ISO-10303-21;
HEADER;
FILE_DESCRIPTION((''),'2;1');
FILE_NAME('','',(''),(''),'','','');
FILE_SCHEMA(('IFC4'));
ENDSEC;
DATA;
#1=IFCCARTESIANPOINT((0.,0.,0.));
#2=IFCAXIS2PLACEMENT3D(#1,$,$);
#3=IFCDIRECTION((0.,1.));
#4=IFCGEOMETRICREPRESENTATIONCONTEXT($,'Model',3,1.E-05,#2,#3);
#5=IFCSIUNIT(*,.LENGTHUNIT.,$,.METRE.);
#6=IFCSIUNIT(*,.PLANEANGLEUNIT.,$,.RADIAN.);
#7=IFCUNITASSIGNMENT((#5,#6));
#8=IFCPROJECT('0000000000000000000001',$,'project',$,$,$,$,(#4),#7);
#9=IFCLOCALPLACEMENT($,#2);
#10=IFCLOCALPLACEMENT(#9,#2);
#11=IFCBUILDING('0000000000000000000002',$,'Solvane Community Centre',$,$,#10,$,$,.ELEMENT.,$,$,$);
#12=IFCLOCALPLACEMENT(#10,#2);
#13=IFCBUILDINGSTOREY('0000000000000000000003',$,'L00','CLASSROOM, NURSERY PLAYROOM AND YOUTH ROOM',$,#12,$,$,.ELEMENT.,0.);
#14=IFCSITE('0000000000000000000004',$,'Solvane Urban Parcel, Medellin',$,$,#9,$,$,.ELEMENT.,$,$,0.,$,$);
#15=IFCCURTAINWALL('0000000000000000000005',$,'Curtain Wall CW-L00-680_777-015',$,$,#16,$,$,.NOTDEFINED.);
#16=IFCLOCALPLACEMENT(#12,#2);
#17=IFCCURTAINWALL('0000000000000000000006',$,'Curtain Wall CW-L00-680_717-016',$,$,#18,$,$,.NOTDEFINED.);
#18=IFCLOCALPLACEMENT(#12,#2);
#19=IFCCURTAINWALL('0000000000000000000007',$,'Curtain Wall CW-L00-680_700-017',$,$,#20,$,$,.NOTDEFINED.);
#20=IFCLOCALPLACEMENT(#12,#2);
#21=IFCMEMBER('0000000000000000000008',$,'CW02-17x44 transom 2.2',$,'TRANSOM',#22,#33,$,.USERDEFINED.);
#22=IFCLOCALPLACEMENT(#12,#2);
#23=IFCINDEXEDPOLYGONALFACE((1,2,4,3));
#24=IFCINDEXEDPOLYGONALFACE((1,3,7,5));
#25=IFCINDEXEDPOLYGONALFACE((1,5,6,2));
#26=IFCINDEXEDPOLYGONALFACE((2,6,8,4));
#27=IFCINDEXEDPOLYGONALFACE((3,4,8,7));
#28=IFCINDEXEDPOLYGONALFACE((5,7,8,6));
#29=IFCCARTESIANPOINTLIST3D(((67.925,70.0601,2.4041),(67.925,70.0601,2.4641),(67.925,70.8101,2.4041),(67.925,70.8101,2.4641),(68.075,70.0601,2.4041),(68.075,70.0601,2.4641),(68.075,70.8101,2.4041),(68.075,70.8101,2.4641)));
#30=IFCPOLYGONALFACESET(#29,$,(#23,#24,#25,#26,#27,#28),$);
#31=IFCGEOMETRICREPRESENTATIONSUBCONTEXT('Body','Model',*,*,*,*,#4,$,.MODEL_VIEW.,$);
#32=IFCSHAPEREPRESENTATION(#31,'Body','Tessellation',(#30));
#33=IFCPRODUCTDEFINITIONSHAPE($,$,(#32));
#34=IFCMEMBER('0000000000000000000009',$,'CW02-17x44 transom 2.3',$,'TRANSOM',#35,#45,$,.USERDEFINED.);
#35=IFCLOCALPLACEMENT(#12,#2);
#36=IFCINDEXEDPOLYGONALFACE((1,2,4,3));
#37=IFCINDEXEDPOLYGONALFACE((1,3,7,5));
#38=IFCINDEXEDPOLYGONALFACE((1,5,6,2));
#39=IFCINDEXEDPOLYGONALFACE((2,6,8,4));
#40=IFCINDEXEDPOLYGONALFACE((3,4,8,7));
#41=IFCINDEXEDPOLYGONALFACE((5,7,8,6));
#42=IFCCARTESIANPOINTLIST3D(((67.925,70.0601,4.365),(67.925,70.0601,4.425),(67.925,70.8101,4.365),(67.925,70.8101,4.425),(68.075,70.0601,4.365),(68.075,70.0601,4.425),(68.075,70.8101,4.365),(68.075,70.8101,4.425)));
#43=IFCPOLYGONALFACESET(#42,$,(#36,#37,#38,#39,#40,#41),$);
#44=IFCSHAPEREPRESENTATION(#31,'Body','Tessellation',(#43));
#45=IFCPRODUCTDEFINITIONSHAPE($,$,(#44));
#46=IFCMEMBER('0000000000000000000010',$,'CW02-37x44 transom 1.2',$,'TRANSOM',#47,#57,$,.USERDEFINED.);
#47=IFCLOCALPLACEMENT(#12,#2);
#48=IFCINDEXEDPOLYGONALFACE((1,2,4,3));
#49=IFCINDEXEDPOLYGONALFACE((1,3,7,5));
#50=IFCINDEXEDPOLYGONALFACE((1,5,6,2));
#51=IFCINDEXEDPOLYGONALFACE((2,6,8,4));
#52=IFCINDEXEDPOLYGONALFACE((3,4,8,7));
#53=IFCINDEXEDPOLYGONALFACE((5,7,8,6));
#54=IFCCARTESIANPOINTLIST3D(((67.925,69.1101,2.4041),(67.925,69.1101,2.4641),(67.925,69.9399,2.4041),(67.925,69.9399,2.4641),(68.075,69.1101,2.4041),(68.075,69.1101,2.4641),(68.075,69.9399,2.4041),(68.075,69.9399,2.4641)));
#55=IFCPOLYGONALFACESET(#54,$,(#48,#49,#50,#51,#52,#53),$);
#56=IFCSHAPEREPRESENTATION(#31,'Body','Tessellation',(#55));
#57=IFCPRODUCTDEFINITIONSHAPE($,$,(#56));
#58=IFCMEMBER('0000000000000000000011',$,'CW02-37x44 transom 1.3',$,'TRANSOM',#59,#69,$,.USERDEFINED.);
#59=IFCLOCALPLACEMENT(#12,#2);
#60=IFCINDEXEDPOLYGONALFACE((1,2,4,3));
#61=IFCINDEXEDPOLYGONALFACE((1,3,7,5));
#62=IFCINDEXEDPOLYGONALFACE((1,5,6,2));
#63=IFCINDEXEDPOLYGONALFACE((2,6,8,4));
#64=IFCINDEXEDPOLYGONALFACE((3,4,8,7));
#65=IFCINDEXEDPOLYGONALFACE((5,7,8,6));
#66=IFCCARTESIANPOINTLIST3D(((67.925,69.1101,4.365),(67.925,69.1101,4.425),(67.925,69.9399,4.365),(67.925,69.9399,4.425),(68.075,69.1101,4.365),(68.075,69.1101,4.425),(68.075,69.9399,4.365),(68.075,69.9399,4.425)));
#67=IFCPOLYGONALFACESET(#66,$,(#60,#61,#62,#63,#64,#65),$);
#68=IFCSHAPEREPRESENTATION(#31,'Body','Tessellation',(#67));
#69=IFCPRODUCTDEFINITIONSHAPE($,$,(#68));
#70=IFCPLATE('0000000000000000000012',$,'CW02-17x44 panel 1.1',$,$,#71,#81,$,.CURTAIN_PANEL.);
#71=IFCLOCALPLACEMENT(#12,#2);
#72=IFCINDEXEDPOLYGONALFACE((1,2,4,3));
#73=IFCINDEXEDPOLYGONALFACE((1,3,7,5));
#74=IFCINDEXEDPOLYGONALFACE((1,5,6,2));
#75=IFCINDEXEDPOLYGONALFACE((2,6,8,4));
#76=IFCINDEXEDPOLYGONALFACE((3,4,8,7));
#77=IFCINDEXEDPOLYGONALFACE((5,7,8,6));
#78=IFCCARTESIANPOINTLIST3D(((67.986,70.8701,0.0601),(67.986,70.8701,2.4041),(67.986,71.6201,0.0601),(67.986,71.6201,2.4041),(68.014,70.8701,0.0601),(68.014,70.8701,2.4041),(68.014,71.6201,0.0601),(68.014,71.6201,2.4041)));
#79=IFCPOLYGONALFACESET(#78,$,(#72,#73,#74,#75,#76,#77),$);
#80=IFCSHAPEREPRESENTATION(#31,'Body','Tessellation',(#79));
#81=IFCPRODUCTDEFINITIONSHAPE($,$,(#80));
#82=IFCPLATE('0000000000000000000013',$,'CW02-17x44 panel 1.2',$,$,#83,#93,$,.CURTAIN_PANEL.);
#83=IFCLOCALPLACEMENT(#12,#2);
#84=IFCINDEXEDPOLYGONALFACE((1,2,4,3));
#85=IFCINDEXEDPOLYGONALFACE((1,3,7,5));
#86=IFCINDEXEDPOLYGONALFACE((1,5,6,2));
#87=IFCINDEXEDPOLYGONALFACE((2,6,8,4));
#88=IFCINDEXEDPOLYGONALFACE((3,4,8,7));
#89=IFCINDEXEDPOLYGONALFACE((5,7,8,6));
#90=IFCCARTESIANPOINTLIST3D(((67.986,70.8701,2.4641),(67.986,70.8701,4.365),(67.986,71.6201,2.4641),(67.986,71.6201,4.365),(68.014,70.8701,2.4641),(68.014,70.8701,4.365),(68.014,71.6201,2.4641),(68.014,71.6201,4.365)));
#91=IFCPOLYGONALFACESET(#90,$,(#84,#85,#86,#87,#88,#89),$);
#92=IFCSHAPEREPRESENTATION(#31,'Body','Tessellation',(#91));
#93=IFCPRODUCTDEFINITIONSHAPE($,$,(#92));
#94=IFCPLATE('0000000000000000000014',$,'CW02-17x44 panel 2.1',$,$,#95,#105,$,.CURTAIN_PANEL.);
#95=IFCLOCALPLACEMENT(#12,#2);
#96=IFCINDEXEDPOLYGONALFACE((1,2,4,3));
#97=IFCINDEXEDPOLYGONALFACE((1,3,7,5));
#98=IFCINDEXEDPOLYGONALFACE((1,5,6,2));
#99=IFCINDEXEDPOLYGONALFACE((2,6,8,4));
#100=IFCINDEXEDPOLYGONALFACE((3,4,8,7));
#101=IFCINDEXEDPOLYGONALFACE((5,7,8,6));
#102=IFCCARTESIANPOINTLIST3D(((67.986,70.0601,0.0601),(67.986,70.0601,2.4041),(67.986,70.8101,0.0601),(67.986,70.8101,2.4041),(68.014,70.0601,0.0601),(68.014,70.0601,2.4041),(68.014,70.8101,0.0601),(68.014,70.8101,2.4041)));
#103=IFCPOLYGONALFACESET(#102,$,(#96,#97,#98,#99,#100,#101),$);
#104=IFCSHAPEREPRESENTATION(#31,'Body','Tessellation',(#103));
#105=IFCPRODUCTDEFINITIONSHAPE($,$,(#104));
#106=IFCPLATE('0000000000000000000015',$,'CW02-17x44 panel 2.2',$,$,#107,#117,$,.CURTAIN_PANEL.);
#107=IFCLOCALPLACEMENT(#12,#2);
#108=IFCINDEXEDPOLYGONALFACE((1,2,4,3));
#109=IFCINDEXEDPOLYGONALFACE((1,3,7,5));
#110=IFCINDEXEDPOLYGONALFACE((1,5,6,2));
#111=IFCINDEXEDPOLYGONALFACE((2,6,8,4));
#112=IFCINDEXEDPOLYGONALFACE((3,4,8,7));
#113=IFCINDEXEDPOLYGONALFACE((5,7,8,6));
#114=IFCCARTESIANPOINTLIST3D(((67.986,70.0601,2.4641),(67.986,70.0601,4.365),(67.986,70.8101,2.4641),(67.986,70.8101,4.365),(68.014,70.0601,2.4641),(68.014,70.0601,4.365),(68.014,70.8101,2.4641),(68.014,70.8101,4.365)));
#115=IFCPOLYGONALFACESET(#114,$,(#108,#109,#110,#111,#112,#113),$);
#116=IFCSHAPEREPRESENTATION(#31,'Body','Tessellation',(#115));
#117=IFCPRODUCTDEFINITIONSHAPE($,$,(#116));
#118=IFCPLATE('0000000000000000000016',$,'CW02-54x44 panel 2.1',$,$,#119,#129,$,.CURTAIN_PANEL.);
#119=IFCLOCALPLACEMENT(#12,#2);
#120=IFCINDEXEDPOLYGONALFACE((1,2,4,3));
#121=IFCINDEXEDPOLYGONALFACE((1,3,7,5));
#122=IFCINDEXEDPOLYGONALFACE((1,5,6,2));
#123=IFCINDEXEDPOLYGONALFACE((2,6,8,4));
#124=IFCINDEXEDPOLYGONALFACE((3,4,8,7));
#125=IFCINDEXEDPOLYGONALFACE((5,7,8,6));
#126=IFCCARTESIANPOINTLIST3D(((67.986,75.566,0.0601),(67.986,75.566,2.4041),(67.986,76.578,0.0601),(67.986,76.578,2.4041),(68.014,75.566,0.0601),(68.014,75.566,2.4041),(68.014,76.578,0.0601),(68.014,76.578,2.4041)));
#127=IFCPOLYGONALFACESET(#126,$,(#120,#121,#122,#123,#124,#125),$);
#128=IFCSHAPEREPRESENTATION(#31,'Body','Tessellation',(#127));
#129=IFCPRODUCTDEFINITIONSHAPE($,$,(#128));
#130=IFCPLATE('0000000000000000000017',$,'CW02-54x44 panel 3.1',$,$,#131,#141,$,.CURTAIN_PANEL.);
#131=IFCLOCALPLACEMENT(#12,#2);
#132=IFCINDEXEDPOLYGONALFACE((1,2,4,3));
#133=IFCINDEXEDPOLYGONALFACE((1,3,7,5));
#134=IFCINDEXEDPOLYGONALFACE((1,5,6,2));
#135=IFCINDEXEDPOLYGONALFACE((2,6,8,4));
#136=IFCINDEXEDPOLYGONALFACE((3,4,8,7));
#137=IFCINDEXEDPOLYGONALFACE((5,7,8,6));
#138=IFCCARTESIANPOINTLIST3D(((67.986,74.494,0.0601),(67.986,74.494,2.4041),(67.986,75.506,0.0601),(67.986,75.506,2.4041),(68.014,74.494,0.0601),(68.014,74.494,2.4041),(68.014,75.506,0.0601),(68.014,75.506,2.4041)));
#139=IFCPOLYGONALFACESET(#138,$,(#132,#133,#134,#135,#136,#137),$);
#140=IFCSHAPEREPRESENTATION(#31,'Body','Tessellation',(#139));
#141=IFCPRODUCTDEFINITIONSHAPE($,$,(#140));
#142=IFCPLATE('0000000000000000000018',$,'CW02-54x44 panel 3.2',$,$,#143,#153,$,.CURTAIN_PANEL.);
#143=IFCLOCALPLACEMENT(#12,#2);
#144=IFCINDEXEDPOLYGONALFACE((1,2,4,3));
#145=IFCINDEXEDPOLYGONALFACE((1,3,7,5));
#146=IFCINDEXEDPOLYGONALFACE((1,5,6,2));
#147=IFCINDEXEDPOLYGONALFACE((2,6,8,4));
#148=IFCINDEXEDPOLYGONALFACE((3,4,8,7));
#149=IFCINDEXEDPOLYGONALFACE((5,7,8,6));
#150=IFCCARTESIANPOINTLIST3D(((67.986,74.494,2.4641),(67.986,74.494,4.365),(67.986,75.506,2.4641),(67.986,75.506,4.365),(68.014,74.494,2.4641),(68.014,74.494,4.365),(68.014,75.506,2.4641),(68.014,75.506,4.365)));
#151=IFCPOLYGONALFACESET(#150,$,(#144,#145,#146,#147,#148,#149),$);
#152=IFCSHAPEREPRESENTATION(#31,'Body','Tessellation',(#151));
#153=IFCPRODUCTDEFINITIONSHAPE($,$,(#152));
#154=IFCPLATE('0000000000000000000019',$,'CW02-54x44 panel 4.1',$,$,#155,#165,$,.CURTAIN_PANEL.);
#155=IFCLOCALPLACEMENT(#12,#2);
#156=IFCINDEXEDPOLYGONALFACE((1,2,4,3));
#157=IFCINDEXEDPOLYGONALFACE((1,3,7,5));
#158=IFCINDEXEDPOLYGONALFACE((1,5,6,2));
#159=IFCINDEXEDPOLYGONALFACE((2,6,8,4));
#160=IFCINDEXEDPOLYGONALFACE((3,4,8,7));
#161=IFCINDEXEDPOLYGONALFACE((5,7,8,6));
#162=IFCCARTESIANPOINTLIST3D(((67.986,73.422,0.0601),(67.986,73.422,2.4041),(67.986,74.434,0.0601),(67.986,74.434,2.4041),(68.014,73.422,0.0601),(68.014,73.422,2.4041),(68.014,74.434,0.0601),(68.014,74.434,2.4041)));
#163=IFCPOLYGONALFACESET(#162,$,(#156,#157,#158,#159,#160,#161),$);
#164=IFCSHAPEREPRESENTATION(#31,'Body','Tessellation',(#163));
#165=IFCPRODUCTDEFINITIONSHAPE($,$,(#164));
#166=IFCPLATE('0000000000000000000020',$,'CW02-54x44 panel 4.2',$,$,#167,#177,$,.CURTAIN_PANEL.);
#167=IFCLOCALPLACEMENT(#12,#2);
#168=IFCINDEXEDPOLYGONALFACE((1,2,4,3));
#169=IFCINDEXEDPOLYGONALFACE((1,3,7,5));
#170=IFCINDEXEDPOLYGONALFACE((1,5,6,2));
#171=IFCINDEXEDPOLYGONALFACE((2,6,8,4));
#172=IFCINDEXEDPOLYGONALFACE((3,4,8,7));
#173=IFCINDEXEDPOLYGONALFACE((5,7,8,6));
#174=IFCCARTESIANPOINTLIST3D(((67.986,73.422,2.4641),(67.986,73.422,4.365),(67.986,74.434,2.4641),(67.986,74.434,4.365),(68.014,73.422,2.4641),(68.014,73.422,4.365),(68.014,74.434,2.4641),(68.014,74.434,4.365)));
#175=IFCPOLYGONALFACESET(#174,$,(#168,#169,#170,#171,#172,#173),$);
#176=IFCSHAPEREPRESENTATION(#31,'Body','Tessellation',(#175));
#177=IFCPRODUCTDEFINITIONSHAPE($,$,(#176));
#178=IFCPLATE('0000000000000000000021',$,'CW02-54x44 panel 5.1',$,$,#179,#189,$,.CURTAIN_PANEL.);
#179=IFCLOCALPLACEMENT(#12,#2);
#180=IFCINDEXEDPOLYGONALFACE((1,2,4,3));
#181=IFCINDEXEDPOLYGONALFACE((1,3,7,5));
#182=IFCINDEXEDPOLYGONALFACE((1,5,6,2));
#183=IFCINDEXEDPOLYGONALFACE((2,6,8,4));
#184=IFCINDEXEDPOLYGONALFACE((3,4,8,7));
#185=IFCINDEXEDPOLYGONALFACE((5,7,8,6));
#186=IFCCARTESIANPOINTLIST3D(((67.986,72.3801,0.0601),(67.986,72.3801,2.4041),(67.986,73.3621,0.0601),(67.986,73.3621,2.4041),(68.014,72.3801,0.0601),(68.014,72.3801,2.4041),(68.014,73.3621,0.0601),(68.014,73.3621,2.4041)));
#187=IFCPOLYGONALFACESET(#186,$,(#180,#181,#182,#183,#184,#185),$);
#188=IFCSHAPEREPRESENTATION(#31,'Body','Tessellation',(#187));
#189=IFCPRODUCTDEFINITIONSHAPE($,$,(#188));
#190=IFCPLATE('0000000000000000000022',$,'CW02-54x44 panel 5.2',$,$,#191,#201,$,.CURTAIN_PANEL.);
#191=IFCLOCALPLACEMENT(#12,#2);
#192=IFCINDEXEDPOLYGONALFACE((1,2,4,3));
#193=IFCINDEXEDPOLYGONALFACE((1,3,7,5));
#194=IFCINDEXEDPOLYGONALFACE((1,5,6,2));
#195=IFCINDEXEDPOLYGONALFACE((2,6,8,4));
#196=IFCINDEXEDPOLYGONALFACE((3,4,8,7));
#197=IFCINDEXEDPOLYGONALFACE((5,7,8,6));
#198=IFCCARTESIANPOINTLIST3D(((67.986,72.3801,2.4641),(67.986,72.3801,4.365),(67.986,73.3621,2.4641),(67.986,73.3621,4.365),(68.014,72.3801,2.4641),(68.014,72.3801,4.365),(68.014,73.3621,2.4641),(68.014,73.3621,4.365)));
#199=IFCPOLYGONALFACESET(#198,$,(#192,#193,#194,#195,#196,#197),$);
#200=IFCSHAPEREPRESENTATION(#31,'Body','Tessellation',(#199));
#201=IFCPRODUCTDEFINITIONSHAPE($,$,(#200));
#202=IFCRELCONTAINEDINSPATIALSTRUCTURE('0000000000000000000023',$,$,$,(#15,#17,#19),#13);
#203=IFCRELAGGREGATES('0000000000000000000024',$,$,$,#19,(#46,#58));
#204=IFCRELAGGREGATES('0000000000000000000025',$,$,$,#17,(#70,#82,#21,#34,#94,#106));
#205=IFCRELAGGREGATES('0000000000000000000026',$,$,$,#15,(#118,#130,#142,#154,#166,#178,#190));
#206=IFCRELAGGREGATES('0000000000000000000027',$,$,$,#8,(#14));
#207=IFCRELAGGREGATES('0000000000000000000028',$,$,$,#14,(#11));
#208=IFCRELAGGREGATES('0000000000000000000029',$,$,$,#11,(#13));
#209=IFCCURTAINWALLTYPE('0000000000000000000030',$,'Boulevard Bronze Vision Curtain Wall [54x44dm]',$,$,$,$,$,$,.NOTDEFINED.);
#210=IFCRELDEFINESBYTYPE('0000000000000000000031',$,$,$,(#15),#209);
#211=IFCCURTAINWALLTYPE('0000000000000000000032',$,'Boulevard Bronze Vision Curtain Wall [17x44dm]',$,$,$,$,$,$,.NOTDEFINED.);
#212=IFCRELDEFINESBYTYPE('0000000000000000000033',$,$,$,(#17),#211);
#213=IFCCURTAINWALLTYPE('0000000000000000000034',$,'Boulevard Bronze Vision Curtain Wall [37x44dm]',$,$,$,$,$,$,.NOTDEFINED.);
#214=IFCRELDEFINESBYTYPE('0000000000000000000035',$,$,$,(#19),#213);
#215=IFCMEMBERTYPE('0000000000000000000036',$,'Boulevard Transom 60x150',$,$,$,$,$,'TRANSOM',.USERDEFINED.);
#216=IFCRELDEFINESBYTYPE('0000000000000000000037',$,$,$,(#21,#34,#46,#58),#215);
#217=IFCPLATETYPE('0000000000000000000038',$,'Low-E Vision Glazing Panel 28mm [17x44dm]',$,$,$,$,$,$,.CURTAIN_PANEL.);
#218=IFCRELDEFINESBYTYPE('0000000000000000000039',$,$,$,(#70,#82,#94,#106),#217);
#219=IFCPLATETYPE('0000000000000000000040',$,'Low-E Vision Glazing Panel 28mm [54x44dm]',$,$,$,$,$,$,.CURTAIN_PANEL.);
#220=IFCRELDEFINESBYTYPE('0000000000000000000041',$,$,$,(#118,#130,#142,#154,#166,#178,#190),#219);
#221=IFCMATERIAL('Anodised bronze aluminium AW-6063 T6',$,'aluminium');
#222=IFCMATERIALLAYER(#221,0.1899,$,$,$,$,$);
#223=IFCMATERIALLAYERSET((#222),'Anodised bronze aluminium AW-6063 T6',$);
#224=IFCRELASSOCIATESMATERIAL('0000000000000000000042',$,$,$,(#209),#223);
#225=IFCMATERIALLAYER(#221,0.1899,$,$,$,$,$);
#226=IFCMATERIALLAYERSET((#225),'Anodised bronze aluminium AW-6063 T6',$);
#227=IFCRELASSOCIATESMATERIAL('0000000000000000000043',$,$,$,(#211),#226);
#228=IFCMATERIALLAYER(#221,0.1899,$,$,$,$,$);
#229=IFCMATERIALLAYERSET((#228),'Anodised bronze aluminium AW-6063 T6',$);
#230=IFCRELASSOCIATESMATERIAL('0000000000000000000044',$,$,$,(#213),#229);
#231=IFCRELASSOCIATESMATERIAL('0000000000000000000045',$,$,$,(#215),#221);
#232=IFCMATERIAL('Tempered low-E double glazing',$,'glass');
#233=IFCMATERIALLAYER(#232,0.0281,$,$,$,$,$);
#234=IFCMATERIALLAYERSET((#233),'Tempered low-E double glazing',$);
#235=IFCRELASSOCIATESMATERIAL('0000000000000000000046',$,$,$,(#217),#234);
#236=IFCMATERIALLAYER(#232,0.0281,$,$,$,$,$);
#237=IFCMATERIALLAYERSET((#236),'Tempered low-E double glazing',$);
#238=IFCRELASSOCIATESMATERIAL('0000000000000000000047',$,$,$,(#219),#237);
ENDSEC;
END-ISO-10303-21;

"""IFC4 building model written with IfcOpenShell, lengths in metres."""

from ifc_helpers import new_model, si_unit, direction, frame, origin, origin_2d, place, context, subcontext, project, spatial, rectangle, extrude, material, layer, layer_set, material_profile, profile_set, type_object, element, aggregate, save


model = new_model("IFC4")

# Units and contexts
model_context = context("Model", 3, precision=1e-05, world=origin(), true_north=direction((0.0, 1.0)))
body_context = subcontext(model_context, "Body", "Model", "MODEL_VIEW")
ifc_project = project(units=[si_unit("LENGTHUNIT", "METRE"), si_unit("PLANEANGLEUNIT", "RADIAN")], contexts=[model_context])

# Site, building, storey
site_placement = place(None, origin())
site = spatial("IfcSite", under=ifc_project, at=site_placement, Name="Solvane Urban Parcel, Medellin", CompositionType="ELEMENT", RefElevation=0.0)
building_placement = place(site_placement, origin())
building = spatial("IfcBuilding", under=site, at=building_placement, Name="Solvane Community Centre", CompositionType="ELEMENT")
storey_placement = place(building_placement, origin())
storey = spatial("IfcBuildingStorey", under=building, at=storey_placement, Name="L00", Description="CLASSROOM, NURSERY PLAYROOM AND YOUTH ROOM", CompositionType="ELEMENT", Elevation=0.0)

# Curtain walls
ifc_material_1 = material(Name="Anodised bronze aluminium AW-6063 T6", Category="aluminium")
ifc_layer_1 = layer(ifc_material_1, 0.1899)
ifc_layer_set_1 = layer_set([ifc_layer_1], Name="Anodised bronze aluminium AW-6063 T6")
curtain_wall_type_1 = type_object("IfcCurtainWallType", Name="Boulevard Bronze Vision Curtain Wall [54x44dm]", PredefinedType="NOTDEFINED", material=ifc_layer_set_1)
curtain_wall_1_placement = place(storey_placement, origin())
curtain_wall_1 = element("IfcCurtainWall", 1, at=curtain_wall_1_placement, inside=storey, type_object=curtain_wall_type_1, Name="Curtain Wall CW-L00-680_777-015", PredefinedType="NOTDEFINED")
ifc_layer_2 = layer(ifc_material_1, 0.1899)
ifc_layer_set_2 = layer_set([ifc_layer_2], Name="Anodised bronze aluminium AW-6063 T6")
curtain_wall_type_2 = type_object("IfcCurtainWallType", Name="Boulevard Bronze Vision Curtain Wall [17x44dm]", PredefinedType="NOTDEFINED", material=ifc_layer_set_2)
curtain_wall_2_placement = place(storey_placement, origin())
curtain_wall_2 = element("IfcCurtainWall", 2, at=curtain_wall_2_placement, inside=storey, type_object=curtain_wall_type_2, Name="Curtain Wall CW-L00-680_717-016", PredefinedType="NOTDEFINED")

# Curtain wall
ifc_layer_3 = layer(ifc_material_1, 0.1899)
ifc_layer_set_3 = layer_set([ifc_layer_3], Name="Anodised bronze aluminium AW-6063 T6")
curtain_wall_type_3 = type_object("IfcCurtainWallType", Name="Boulevard Bronze Vision Curtain Wall [37x44dm]", PredefinedType="NOTDEFINED", material=ifc_layer_set_3)
curtain_wall_3_placement = place(storey_placement, origin())
curtain_wall_3 = element("IfcCurtainWall", 3, at=curtain_wall_3_placement, inside=storey, type_object=curtain_wall_type_3, Name="Curtain Wall CW-L00-680_700-017", PredefinedType="NOTDEFINED")

# Members
ifc_material_profile_1 = material_profile(ifc_material_1, rectangle(XDim=0.1499, YDim=0.0601, at=origin_2d()), Name="CW-T 60x150")
ifc_profile_set_1 = profile_set([ifc_material_profile_1], Name="Anodised bronze aluminium AW-6063 T6")
member_type_1 = type_object("IfcMemberType", Name="Boulevard Transom 60x150", ElementType="TRANSOM", PredefinedType="USERDEFINED", material=ifc_profile_set_1)
member_1_placement = place(storey_placement, frame((68.0, 70.8101, 2.4341), z_axis=(0.0, -1.0, 0.0), x_axis=(1.0, 0.0, 0.0)))
member_1 = element("IfcMember", 4, at=member_1_placement, type_object=member_type_1, Name="CW02-17x44 transom 2.2", ObjectType="TRANSOM", PredefinedType="USERDEFINED", context=body_context, shape_type="SweptSolid", body=[
    extrude(rectangle(XDim=0.1499, YDim=0.0601, at=origin_2d()), origin(), (0.0, 0.0, 1.0), 0.75),
])
member_2_placement = place(storey_placement, frame((68.0, 70.8101, 4.395), z_axis=(0.0, -1.0, 0.0), x_axis=(1.0, 0.0, 0.0)))
member_2 = element("IfcMember", 5, at=member_2_placement, type_object=member_type_1, Name="CW02-17x44 transom 2.3", ObjectType="TRANSOM", PredefinedType="USERDEFINED", context=body_context, shape_type="SweptSolid", body=[
    extrude(rectangle(XDim=0.1499, YDim=0.0601, at=origin_2d()), origin(), (0.0, 0.0, 1.0), 0.75),
])
member_3_placement = place(storey_placement, frame((68.0, 69.9399, 2.4341), z_axis=(0.0, -1.0, 0.0), x_axis=(1.0, 0.0, 0.0)))
member_3 = element("IfcMember", 6, at=member_3_placement, type_object=member_type_1, Name="CW02-37x44 transom 1.2", ObjectType="TRANSOM", PredefinedType="USERDEFINED", context=body_context, shape_type="SweptSolid", body=[
    extrude(rectangle(XDim=0.1499, YDim=0.0601, at=origin_2d()), origin(), (0.0, 0.0, 1.0), 0.8298),
])
member_4_placement = place(storey_placement, frame((68.0, 69.9399, 4.395), z_axis=(0.0, -1.0, 0.0), x_axis=(1.0, 0.0, 0.0)))
member_4 = element("IfcMember", 7, at=member_4_placement, type_object=member_type_1, Name="CW02-37x44 transom 1.3", ObjectType="TRANSOM", PredefinedType="USERDEFINED", context=body_context, shape_type="SweptSolid", body=[
    extrude(rectangle(XDim=0.1499, YDim=0.0601, at=origin_2d()), origin(), (0.0, 0.0, 1.0), 0.8298),
])
aggregate(curtain_wall_3, [member_3, member_4])

# Plates
ifc_material_2 = material(Name="Tempered low-E double glazing", Category="glass")
ifc_layer_4 = layer(ifc_material_2, 0.0281)
ifc_layer_set_4 = layer_set([ifc_layer_4], Name="Tempered low-E double glazing")
plate_type_1 = type_object("IfcPlateType", Name="Low-E Vision Glazing Panel 28mm [17x44dm]", PredefinedType="CURTAIN_PANEL", material=ifc_layer_set_4)
plate_1_placement = place(storey_placement, frame((68.0, 71.2451, 0.0601), z_axis=(0.0, 0.0, 1.0), x_axis=(0.0, -1.0, 0.0)))
plate_1 = element("IfcPlate", 8, at=plate_1_placement, type_object=plate_type_1, Name="CW02-17x44 panel 1.1", PredefinedType="CURTAIN_PANEL", context=body_context, shape_type="SweptSolid", body=[
    extrude(rectangle(XDim=0.75, YDim=0.0281, at=origin_2d()), origin(), (0.0, 0.0, 1.0), 2.344),
])
plate_2_placement = place(storey_placement, frame((68.0, 71.2451, 2.4641), z_axis=(0.0, 0.0, 1.0), x_axis=(0.0, -1.0, 0.0)))
plate_2 = element("IfcPlate", 9, at=plate_2_placement, type_object=plate_type_1, Name="CW02-17x44 panel 1.2", PredefinedType="CURTAIN_PANEL", context=body_context, shape_type="SweptSolid", body=[
    extrude(rectangle(XDim=0.75, YDim=0.0281, at=origin_2d()), origin(), (0.0, 0.0, 1.0), 1.9009),
])
plate_3_placement = place(storey_placement, frame((68.0, 70.4351, 0.0601), z_axis=(0.0, 0.0, 1.0), x_axis=(0.0, -1.0, 0.0)))
plate_3 = element("IfcPlate", 10, at=plate_3_placement, type_object=plate_type_1, Name="CW02-17x44 panel 2.1", PredefinedType="CURTAIN_PANEL", context=body_context, shape_type="SweptSolid", body=[
    extrude(rectangle(XDim=0.75, YDim=0.0281, at=origin_2d()), origin(), (0.0, 0.0, 1.0), 2.344),
])
plate_4_placement = place(storey_placement, frame((68.0, 70.4351, 2.4641), z_axis=(0.0, 0.0, 1.0), x_axis=(0.0, -1.0, 0.0)))
plate_4 = element("IfcPlate", 11, at=plate_4_placement, type_object=plate_type_1, Name="CW02-17x44 panel 2.2", PredefinedType="CURTAIN_PANEL", context=body_context, shape_type="SweptSolid", body=[
    extrude(rectangle(XDim=0.75, YDim=0.0281, at=origin_2d()), origin(), (0.0, 0.0, 1.0), 1.9009),
])
aggregate(curtain_wall_2, [plate_1, plate_2, member_1, member_2, plate_3, plate_4])
ifc_layer_5 = layer(ifc_material_2, 0.0281)
ifc_layer_set_5 = layer_set([ifc_layer_5], Name="Tempered low-E double glazing")
plate_type_2 = type_object("IfcPlateType", Name="Low-E Vision Glazing Panel 28mm [54x44dm]", PredefinedType="CURTAIN_PANEL", material=ifc_layer_set_5)
plate_5_placement = place(storey_placement, frame((68.0, 76.072, 0.0601), z_axis=(0.0, 0.0, 1.0), x_axis=(0.0, -1.0, 0.0)))
plate_5 = element("IfcPlate", 12, at=plate_5_placement, type_object=plate_type_2, Name="CW02-54x44 panel 2.1", PredefinedType="CURTAIN_PANEL", context=body_context, shape_type="SweptSolid", body=[
    extrude(rectangle(XDim=1.012, YDim=0.0281, at=origin_2d()), origin(), (0.0, 0.0, 1.0), 2.344),
])
plate_6_placement = place(storey_placement, frame((68.0, 75.0, 0.0601), z_axis=(0.0, 0.0, 1.0), x_axis=(0.0, -1.0, 0.0)))
plate_6 = element("IfcPlate", 13, at=plate_6_placement, type_object=plate_type_2, Name="CW02-54x44 panel 3.1", PredefinedType="CURTAIN_PANEL", context=body_context, shape_type="SweptSolid", body=[
    extrude(rectangle(XDim=1.012, YDim=0.0281, at=origin_2d()), origin(), (0.0, 0.0, 1.0), 2.344),
])
plate_7_placement = place(storey_placement, frame((68.0, 75.0, 2.4641), z_axis=(0.0, 0.0, 1.0), x_axis=(0.0, -1.0, 0.0)))
plate_7 = element("IfcPlate", 14, at=plate_7_placement, type_object=plate_type_2, Name="CW02-54x44 panel 3.2", PredefinedType="CURTAIN_PANEL", context=body_context, shape_type="SweptSolid", body=[
    extrude(rectangle(XDim=1.012, YDim=0.0281, at=origin_2d()), origin(), (0.0, 0.0, 1.0), 1.9009),
])
plate_8_placement = place(storey_placement, frame((68.0, 73.928, 0.0601), z_axis=(0.0, 0.0, 1.0), x_axis=(0.0, -1.0, 0.0)))
plate_8 = element("IfcPlate", 15, at=plate_8_placement, type_object=plate_type_2, Name="CW02-54x44 panel 4.1", PredefinedType="CURTAIN_PANEL", context=body_context, shape_type="SweptSolid", body=[
    extrude(rectangle(XDim=1.012, YDim=0.0281, at=origin_2d()), origin(), (0.0, 0.0, 1.0), 2.344),
])
plate_9_placement = place(storey_placement, frame((68.0, 73.928, 2.4641), z_axis=(0.0, 0.0, 1.0), x_axis=(0.0, -1.0, 0.0)))
plate_9 = element("IfcPlate", 16, at=plate_9_placement, type_object=plate_type_2, Name="CW02-54x44 panel 4.2", PredefinedType="CURTAIN_PANEL", context=body_context, shape_type="SweptSolid", body=[
    extrude(rectangle(XDim=1.012, YDim=0.0281, at=origin_2d()), origin(), (0.0, 0.0, 1.0), 1.9009),
])
plate_10_placement = place(storey_placement, frame((68.0, 72.8711, 0.0601), z_axis=(0.0, 0.0, 1.0), x_axis=(0.0, -1.0, 0.0)))
plate_10 = element("IfcPlate", 17, at=plate_10_placement, type_object=plate_type_2, Name="CW02-54x44 panel 5.1", PredefinedType="CURTAIN_PANEL", context=body_context, shape_type="SweptSolid", body=[
    extrude(rectangle(XDim=0.9819, YDim=0.0281, at=origin_2d()), origin(), (0.0, 0.0, 1.0), 2.344),
])
plate_11_placement = place(storey_placement, frame((68.0, 72.8711, 2.4641), z_axis=(0.0, 0.0, 1.0), x_axis=(0.0, -1.0, 0.0)))
plate_11 = element("IfcPlate", 18, at=plate_11_placement, type_object=plate_type_2, Name="CW02-54x44 panel 5.2", PredefinedType="CURTAIN_PANEL", context=body_context, shape_type="SweptSolid", body=[
    extrude(rectangle(XDim=0.9819, YDim=0.0281, at=origin_2d()), origin(), (0.0, 0.0, 1.0), 1.9009),
])
aggregate(curtain_wall_1, [plate_5, plate_6, plate_7, plate_8, plate_9, plate_10, plate_11])

save(model, "model.ifc")
